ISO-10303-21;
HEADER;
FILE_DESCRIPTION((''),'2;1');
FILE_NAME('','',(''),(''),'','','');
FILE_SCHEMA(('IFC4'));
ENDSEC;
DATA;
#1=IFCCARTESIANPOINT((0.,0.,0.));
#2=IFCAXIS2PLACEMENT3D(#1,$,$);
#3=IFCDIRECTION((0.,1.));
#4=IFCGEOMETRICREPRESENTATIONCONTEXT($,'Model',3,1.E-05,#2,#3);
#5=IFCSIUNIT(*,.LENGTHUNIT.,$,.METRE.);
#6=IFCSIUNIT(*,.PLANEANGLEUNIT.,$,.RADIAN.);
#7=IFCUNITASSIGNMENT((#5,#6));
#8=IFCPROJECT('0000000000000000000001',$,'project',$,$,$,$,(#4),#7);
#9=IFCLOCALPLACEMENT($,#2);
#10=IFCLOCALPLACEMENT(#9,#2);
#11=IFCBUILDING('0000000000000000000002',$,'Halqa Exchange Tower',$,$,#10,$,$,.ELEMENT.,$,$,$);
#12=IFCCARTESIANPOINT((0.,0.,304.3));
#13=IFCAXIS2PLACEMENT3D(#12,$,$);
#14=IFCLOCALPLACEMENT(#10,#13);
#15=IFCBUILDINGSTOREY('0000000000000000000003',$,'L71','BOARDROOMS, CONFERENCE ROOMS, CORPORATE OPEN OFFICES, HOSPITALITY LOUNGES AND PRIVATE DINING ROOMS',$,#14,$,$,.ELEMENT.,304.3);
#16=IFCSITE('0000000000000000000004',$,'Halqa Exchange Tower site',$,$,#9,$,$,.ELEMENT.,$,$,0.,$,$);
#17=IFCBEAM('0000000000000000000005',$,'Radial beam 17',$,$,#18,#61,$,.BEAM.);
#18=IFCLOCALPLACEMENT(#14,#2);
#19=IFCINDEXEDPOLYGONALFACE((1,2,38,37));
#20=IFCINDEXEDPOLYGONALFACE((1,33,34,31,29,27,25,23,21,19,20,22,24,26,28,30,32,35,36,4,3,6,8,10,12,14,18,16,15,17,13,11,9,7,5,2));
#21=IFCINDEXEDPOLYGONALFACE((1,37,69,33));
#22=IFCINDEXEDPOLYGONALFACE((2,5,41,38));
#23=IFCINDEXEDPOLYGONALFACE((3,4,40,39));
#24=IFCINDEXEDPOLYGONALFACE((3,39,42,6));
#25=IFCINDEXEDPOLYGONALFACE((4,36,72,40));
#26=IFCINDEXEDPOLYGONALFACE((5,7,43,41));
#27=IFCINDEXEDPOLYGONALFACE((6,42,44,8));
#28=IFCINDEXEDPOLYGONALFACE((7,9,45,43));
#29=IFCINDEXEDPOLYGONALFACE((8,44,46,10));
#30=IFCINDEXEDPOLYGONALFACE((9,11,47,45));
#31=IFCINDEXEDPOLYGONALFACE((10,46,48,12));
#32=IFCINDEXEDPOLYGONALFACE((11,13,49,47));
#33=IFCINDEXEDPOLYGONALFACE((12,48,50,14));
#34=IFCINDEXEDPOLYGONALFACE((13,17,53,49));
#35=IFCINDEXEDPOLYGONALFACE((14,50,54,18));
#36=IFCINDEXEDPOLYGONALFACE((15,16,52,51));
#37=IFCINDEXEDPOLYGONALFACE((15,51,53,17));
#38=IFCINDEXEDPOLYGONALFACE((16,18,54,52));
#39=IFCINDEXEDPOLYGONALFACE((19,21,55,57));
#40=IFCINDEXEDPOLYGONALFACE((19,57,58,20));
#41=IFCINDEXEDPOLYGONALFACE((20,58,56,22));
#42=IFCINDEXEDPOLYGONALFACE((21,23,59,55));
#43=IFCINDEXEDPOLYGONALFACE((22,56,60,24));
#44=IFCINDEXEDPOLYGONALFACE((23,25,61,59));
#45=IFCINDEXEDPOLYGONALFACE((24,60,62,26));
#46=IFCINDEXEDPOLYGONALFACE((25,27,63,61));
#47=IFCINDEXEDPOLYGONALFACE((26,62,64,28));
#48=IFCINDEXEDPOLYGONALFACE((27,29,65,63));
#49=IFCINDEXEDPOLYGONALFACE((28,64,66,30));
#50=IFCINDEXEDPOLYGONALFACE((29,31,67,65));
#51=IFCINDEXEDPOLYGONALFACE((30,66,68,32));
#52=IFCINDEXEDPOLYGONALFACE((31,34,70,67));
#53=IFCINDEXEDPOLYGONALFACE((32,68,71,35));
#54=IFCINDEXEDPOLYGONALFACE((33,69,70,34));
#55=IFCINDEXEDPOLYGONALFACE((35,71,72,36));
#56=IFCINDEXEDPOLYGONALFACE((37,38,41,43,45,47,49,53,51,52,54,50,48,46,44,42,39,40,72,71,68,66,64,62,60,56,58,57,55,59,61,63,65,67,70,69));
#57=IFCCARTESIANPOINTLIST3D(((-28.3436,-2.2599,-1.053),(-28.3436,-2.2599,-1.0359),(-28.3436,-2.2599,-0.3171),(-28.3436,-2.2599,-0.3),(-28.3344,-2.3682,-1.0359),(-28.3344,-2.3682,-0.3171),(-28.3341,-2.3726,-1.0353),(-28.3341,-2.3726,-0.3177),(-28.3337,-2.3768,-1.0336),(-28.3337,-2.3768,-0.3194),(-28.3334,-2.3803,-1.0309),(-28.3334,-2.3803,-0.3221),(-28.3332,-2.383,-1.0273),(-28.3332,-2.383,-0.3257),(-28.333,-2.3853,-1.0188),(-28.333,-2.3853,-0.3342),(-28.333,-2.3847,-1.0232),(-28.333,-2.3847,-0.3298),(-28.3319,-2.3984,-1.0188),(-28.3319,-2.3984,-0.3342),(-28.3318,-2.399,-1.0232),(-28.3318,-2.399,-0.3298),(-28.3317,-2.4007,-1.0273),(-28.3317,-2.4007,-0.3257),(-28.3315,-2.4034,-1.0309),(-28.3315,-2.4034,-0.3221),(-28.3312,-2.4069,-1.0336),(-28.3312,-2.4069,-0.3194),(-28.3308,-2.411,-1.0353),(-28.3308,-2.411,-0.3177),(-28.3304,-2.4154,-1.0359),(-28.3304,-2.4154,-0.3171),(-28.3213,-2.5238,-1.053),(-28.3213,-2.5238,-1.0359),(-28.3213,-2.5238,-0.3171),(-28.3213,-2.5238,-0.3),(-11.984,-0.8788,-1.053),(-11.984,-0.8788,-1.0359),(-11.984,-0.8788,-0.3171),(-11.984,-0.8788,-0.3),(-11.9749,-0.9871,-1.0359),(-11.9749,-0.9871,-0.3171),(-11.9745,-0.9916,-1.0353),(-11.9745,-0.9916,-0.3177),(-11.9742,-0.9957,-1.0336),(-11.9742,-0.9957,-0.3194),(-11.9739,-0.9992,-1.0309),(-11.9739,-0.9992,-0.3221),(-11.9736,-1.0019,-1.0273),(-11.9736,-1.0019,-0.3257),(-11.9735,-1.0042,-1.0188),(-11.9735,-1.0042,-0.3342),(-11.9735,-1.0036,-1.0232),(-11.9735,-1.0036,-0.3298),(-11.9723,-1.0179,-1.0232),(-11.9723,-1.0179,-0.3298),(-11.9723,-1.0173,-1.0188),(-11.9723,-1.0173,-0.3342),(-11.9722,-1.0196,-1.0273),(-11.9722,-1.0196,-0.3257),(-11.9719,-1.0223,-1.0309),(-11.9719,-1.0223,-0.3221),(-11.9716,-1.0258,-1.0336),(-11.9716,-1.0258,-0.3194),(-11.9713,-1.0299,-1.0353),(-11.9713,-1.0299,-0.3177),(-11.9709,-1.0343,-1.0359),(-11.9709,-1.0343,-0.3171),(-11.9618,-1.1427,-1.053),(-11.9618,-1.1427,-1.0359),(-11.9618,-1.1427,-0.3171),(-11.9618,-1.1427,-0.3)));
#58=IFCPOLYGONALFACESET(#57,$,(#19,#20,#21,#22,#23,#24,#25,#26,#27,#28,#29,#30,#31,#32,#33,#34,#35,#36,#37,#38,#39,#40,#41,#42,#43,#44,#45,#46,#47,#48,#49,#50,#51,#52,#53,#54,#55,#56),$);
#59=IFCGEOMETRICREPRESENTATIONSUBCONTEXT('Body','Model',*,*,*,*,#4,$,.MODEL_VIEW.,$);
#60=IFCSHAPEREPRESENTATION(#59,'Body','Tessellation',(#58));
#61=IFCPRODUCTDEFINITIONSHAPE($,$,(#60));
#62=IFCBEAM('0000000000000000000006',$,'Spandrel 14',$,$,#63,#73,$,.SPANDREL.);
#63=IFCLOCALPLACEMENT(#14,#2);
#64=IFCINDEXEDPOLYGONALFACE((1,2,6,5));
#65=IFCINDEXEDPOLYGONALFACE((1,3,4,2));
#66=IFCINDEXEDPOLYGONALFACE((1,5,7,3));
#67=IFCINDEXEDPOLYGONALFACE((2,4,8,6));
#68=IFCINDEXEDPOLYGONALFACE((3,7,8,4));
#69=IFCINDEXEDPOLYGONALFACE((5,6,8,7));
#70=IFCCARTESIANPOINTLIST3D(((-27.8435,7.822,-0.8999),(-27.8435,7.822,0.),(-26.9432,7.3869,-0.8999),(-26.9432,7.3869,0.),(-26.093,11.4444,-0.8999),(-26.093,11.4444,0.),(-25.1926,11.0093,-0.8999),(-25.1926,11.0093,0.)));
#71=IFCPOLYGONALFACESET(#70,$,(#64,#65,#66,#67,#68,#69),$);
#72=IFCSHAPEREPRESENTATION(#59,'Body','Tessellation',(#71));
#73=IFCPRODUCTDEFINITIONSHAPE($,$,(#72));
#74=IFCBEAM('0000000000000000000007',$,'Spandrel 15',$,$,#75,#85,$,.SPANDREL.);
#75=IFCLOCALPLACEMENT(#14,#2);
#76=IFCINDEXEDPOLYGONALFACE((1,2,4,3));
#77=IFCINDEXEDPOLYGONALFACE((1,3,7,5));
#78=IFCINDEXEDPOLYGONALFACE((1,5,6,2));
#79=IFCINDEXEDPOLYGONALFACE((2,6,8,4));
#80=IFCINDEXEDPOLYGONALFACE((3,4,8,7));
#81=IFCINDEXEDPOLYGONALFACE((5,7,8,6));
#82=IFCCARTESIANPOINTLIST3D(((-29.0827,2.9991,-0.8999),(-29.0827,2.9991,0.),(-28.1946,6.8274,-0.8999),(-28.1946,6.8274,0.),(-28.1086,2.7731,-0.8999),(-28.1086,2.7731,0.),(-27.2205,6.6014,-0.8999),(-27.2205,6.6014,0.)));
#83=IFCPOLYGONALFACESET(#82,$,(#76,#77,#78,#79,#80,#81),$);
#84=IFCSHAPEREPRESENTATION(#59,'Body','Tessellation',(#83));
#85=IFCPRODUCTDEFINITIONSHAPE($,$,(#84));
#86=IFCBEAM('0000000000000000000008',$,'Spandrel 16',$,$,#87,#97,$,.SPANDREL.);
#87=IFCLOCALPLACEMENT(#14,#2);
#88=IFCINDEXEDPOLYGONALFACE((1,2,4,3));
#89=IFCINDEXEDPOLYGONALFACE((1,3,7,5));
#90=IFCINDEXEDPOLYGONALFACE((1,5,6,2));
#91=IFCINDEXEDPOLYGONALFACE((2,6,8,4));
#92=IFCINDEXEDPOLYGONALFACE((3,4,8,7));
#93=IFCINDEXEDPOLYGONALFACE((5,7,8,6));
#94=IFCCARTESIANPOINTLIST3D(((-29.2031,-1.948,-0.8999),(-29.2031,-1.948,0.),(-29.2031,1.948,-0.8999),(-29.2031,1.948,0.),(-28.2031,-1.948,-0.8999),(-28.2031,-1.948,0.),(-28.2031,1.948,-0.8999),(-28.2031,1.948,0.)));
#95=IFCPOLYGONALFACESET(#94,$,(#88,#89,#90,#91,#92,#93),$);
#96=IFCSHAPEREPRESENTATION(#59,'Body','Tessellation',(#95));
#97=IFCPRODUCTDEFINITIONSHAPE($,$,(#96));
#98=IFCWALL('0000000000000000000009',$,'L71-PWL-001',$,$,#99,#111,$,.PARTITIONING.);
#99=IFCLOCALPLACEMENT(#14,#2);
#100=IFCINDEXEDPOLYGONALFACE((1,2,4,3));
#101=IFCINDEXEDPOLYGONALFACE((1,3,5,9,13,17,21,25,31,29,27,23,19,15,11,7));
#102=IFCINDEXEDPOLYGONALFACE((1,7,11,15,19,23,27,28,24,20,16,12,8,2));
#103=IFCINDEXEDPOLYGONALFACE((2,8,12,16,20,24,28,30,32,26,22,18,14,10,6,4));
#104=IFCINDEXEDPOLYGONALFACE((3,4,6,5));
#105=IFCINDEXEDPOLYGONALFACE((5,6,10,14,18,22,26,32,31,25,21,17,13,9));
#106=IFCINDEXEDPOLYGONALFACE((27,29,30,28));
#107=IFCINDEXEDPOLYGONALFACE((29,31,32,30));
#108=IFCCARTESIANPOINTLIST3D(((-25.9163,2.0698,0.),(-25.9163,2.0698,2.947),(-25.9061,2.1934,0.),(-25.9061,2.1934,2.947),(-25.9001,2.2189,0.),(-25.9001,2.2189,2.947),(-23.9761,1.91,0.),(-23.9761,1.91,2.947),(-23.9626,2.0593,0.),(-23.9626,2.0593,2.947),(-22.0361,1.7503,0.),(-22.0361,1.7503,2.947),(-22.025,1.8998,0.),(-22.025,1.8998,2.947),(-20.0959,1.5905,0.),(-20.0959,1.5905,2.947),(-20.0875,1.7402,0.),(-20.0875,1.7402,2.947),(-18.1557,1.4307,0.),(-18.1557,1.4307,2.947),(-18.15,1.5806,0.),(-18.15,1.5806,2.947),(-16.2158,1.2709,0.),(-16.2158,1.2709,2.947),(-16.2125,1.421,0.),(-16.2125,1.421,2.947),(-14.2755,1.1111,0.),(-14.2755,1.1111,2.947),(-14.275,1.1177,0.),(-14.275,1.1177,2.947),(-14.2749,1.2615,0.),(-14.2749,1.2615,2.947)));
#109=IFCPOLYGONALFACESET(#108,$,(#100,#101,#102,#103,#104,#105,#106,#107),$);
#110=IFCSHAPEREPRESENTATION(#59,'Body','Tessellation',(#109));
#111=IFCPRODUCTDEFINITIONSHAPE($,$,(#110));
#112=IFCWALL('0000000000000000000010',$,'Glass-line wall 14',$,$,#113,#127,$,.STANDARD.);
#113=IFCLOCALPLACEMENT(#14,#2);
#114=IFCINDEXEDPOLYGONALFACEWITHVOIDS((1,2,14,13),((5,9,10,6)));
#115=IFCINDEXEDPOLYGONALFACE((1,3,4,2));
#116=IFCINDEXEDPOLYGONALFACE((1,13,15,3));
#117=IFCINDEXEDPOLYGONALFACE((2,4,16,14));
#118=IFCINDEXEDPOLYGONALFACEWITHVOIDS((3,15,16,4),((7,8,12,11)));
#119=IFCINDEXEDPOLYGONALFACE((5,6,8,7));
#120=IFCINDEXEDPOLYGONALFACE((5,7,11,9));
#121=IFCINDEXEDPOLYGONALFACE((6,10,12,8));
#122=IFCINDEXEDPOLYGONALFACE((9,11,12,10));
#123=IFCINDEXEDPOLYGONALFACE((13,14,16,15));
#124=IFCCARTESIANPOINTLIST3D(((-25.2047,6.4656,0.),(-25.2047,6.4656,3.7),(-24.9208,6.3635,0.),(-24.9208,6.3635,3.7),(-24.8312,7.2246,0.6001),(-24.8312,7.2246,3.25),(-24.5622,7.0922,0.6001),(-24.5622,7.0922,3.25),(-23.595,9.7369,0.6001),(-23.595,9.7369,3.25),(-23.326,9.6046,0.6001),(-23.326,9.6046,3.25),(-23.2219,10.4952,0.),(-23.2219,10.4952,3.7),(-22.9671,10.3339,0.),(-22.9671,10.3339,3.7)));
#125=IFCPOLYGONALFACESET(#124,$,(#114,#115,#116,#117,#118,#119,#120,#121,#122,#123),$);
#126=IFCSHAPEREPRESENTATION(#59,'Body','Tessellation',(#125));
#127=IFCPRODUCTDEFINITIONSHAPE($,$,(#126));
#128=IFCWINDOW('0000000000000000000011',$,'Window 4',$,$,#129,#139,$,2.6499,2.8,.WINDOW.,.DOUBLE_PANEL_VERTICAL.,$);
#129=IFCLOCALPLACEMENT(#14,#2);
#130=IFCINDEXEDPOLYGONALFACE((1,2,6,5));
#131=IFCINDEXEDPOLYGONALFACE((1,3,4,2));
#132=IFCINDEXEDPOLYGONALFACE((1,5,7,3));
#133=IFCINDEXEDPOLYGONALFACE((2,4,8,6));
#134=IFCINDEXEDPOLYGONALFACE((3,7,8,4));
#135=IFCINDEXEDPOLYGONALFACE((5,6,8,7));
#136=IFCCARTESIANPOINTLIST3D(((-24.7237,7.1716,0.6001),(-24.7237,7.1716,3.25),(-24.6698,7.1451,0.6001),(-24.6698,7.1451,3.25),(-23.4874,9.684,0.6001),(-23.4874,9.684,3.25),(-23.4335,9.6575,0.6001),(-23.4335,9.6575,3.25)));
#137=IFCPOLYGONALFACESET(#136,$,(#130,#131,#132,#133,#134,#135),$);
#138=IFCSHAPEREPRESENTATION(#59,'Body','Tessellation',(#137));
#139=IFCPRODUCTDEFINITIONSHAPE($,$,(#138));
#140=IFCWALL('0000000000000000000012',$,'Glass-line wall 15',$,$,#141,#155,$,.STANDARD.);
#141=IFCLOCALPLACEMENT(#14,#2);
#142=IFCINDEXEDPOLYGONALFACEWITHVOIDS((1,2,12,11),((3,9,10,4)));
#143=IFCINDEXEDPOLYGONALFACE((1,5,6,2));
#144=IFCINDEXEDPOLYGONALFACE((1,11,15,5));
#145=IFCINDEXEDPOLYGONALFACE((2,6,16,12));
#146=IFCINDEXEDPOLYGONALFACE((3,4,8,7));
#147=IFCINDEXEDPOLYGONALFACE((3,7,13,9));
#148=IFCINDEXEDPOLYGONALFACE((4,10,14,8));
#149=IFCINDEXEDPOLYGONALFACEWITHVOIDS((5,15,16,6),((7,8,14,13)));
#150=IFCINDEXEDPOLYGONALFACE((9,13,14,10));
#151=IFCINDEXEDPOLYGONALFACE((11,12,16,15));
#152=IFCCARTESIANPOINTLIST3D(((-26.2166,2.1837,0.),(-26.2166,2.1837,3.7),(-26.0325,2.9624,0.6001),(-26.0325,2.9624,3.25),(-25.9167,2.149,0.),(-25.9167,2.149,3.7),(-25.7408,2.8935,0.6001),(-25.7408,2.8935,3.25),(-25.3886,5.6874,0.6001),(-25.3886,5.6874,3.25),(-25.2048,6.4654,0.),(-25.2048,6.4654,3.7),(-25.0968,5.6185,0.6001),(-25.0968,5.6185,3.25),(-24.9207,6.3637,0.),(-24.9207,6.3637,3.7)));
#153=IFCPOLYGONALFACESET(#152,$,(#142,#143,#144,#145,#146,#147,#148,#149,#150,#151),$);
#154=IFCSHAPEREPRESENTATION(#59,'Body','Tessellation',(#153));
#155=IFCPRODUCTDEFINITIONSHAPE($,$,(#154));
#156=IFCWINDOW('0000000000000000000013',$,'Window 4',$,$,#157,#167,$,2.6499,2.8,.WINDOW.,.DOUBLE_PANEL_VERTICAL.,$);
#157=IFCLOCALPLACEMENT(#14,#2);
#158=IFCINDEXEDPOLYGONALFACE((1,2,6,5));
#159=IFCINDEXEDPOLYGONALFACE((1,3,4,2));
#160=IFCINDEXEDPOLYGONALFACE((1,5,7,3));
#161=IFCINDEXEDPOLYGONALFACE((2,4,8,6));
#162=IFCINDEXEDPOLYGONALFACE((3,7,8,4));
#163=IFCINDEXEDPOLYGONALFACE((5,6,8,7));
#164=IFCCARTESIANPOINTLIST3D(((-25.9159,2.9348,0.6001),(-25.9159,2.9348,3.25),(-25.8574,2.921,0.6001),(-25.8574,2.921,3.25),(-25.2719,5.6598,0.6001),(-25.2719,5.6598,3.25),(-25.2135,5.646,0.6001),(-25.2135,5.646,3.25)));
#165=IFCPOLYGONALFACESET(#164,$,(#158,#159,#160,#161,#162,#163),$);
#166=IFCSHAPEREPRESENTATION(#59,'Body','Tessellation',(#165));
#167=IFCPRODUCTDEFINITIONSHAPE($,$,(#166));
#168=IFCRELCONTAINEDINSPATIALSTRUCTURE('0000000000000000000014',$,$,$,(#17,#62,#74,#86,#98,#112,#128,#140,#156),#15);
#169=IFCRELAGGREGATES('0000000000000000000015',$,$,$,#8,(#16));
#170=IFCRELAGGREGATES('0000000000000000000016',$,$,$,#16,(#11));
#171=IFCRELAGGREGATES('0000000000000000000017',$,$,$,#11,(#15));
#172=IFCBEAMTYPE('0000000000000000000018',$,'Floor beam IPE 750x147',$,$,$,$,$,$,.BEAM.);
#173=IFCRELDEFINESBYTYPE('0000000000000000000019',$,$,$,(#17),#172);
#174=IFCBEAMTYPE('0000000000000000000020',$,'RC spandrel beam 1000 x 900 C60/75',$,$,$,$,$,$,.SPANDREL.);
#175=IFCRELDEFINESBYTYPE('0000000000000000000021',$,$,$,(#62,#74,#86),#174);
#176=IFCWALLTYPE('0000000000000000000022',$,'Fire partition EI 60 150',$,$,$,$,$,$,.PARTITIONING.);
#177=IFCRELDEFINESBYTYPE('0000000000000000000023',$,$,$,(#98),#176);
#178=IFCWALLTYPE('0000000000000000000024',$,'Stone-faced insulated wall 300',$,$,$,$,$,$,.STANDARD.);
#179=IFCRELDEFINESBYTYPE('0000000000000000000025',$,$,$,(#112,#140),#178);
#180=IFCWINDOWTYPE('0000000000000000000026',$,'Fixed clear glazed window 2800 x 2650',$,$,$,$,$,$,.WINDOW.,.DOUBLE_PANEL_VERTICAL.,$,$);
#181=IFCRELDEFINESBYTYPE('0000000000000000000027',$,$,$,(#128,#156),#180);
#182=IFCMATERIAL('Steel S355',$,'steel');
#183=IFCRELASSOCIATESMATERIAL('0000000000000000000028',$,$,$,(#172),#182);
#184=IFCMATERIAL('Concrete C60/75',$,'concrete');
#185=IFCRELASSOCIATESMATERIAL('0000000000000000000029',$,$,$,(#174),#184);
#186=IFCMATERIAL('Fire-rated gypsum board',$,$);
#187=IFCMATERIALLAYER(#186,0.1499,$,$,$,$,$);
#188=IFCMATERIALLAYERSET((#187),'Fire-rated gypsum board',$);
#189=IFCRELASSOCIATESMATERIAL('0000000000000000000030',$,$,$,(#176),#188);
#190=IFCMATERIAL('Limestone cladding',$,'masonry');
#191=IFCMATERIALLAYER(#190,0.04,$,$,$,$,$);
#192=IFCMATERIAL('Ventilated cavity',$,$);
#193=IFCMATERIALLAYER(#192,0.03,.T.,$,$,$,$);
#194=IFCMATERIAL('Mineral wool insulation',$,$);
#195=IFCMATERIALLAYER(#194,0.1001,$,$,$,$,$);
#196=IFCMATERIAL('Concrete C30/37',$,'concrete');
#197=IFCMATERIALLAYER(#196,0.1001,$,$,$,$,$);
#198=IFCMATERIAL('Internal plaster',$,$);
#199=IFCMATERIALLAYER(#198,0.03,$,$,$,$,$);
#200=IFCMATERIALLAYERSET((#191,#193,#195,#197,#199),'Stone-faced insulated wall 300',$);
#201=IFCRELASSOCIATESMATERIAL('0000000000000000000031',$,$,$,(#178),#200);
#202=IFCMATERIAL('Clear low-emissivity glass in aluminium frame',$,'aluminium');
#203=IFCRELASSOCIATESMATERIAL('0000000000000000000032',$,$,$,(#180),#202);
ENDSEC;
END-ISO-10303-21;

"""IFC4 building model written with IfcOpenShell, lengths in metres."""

from ifc_helpers import new_model, si_unit, direction, frame, frame_2d, origin, origin_2d, place, context, subcontext, project, spatial, polyline, rectangle, i_section, outline, extrude, material, layer, layer_set, material_profile, profile_set, type_object, element, fill, save


model = new_model("IFC4")

# Units and contexts
model_context = context("Model", 3, precision=1e-05, world=origin(), true_north=direction((0.0, 1.0)))
body_context = subcontext(model_context, "Body", "Model", "MODEL_VIEW")
ifc_project = project(units=[si_unit("LENGTHUNIT", "METRE"), si_unit("PLANEANGLEUNIT", "RADIAN")], contexts=[model_context])

# Site, building, storey
site_placement = place(None, origin())
site = spatial("IfcSite", under=ifc_project, at=site_placement, Name="Halqa Exchange Tower site", CompositionType="ELEMENT", RefElevation=0.0)
building_placement = place(site_placement, origin())
building = spatial("IfcBuilding", under=site, at=building_placement, Name="Halqa Exchange Tower", CompositionType="ELEMENT")
storey_placement = place(building_placement, frame((0.0, 0.0, 304.3)))
storey = spatial("IfcBuildingStorey", under=building, at=storey_placement, Name="L71", Description="BOARDROOMS, CONFERENCE ROOMS, CORPORATE OPEN OFFICES, HOSPITALITY LOUNGES AND PRIVATE DINING ROOMS", CompositionType="ELEMENT", Elevation=304.3)

# Beams
ifc_material_1 = material(Name="Steel S355", Category="steel")
ifc_material_profile_1 = material_profile(ifc_material_1, i_section(OverallWidth=0.2649, OverallDepth=0.7529, WebThickness=0.0132, FlangeThickness=0.0171, FilletRadius=0.0171, at=origin_2d()), Name="IPE 750x147")
ifc_profile_set_1 = profile_set([ifc_material_profile_1], Name="Steel S355")
beam_type_1 = type_object("IfcBeamType", Name="Floor beam IPE 750x147", PredefinedType="BEAM", material=ifc_profile_set_1)
for number, where, z_axis, x_axis, name in (
    (1, (-11.9729, -1.0107, -0.6765), (-0.996455, -0.084122, 0.0), (0.084122, -0.996455, 0.0), "Radial beam 17"),
):
    element("IfcBeam", number, at=place(storey_placement, frame(where, z_axis=z_axis, x_axis=x_axis)), inside=storey, type_object=beam_type_1, Name=name, PredefinedType="BEAM", context=body_context, shape_type="SweptSolid", body=[
        extrude(i_section(OverallWidth=0.2649, OverallDepth=0.7529, WebThickness=0.0132, FlangeThickness=0.0171, FilletRadius=0.0171, at=origin_2d()), origin(), (0.0, 0.0, 1.0), 16.4177),
    ])
ifc_material_2 = material(Name="Concrete C60/75", Category="concrete")
ifc_material_profile_2 = material_profile(ifc_material_2, rectangle(XDim=1.0, YDim=0.8999, at=origin_2d()), Name="1000 x 900")
ifc_profile_set_2 = profile_set([ifc_material_profile_2], Name="Concrete C60/75")
beam_type_2 = type_object("IfcBeamType", Name="RC spandrel beam 1000 x 900 C60/75", PredefinedType="SPANDREL", material=ifc_profile_set_2)
beam_1_placement = place(storey_placement, frame((-25.6428, 11.2268, -0.45), z_axis=(-0.435109, -0.900378, 0.0), x_axis=(0.900378, -0.435109, 0.0)))
element("IfcBeam", 2, at=beam_1_placement, inside=storey, type_object=beam_type_2, Name="Spandrel 14", PredefinedType="SPANDREL", context=body_context, shape_type="SweptSolid", body=[
    extrude(rectangle(XDim=1.0, YDim=0.8999, at=origin_2d()), origin(), (0.0, 0.0, 1.0), 4.0232),
])
beam_2_placement = place(storey_placement, frame((-27.7075, 6.7144, -0.45), z_axis=(-0.225998, -0.974128, 0.0), x_axis=(0.974128, -0.225998, 0.0)))
element("IfcBeam", 3, at=beam_2_placement, inside=storey, type_object=beam_type_2, Name="Spandrel 15", PredefinedType="SPANDREL", context=body_context, shape_type="SweptSolid", body=[
    extrude(rectangle(XDim=1.0, YDim=0.8999, at=origin_2d()), origin(), (0.0, 0.0, 1.0), 3.9299),
])
beam_3_placement = place(storey_placement, frame((-28.7031, 1.948, -0.45), z_axis=(0.0, -1.0, 0.0), x_axis=(1.0, 0.0, 0.0)))
element("IfcBeam", 4, at=beam_3_placement, inside=storey, type_object=beam_type_2, Name="Spandrel 16", PredefinedType="SPANDREL", context=body_context, shape_type="SweptSolid", body=[
    extrude(rectangle(XDim=1.0, YDim=0.8999, at=origin_2d()), origin(), (0.0, 0.0, 1.0), 3.896),
])

# Wall
ifc_material_3 = material(Name="Fire-rated gypsum board")
ifc_layer_1 = layer(ifc_material_3, 0.1499)
ifc_layer_set_1 = layer_set([ifc_layer_1], Name="Fire-rated gypsum board")
wall_type_1 = type_object("IfcWallType", Name="Fire partition EI 60 150", PredefinedType="PARTITIONING", material=ifc_layer_set_1)
wall_1_placement = place(storey_placement, frame((-25.9102, 2.1445, 0.0), z_axis=(0.0, 0.0, 1.0), x_axis=(0.996626, -0.082082, 0.0)))
element("IfcWall", 5, at=wall_1_placement, inside=storey, type_object=wall_type_1, Name="L71-PWL-001", PredefinedType="PARTITIONING", context=body_context, shape_type="SweptSolid", body=[
    extrude(outline(polyline([(11.6802, -0.075), (11.6802, -0.0684), (11.6685, 0.075), (9.7244, 0.075), (7.7803, 0.075), (5.8362, 0.075), (3.8921, 0.075), (1.948, 0.075), (0.0039, 0.075), (0.0, 0.0491), (0.0, -0.075), (1.9468, -0.075), (3.8933, -0.075), (5.8401, -0.075), (7.7869, -0.075), (9.7334, -0.075), (11.6802, -0.075)])), origin(), (0.0, 0.0, 1.0), 2.947),
])

# Walls, openings, windows
ifc_material_4 = material(Name="Limestone cladding", Category="masonry")
ifc_layer_2 = layer(ifc_material_4, 0.04)
ifc_material_5 = material(Name="Ventilated cavity")
ifc_layer_3 = layer(ifc_material_5, 0.03, ventilated=True)
ifc_material_6 = material(Name="Mineral wool insulation")
ifc_layer_4 = layer(ifc_material_6, 0.1001)
ifc_material_7 = material(Name="Concrete C30/37", Category="concrete")
ifc_layer_5 = layer(ifc_material_7, 0.1001)
ifc_material_8 = material(Name="Internal plaster")
ifc_layer_6 = layer(ifc_material_8, 0.03)
ifc_layer_set_2 = layer_set([ifc_layer_2, ifc_layer_3, ifc_layer_4, ifc_layer_5, ifc_layer_6], Name="Stone-faced insulated wall 300")
wall_type_2 = type_object("IfcWallType", Name="Stone-faced insulated wall 300", PredefinedType="STANDARD", material=ifc_layer_set_2)
wall_2_placement = place(storey_placement, frame((-23.0945, 10.4146, 0.0), z_axis=(0.0, 0.0, 1.0), x_axis=(-0.441509, -0.897257, 0.0)))
wall_2 = element("IfcWall", 6, at=wall_2_placement, inside=storey, type_object=wall_type_2, Name="Glass-line wall 14", PredefinedType="STANDARD", context=body_context, shape_type="SweptSolid", body=[
    extrude(outline(polyline([(-0.0161, -0.1499), (4.4749, -0.1499), (4.4412, 0.1499), (0.0161, 0.1499), (-0.0161, -0.1499)])), origin(), (0.0, 0.0, 1.0), 3.7),
])
opening_1_placement = place(wall_2_placement, frame((0.8291, 0.0, 0.6001)))
opening_1 = element("IfcOpeningElement", 7, at=opening_1_placement, cuts=wall_2, PredefinedType="OPENING", context=body_context, shape_type="SweptSolid", body=[
    extrude(rectangle(XDim=2.8, YDim=2.6499, at=frame_2d((1.3999, 1.325))), frame((0.0, 0.1621, 0.0), z_axis=(0.0, -1.0, 0.0), x_axis=(1.0, 0.0, 0.0)), (0.0, 0.0, 1.0), 0.324),
])
ifc_material_9 = material(Name="Clear low-emissivity glass in aluminium frame", Category="aluminium")
window_type = type_object("IfcWindowType", Name="Fixed clear glazed window 2800 x 2650", PartitioningType="DOUBLE_PANEL_VERTICAL", PredefinedType="WINDOW", material=ifc_material_9)
window_1_placement = place(opening_1_placement, origin())
window_1 = element("IfcWindow", 8, at=window_1_placement, inside=storey, type_object=window_type, Name="Window 4", OverallHeight=2.6499, OverallWidth=2.8, PartitioningType="DOUBLE_PANEL_VERTICAL", PredefinedType="WINDOW", context=body_context, shape_type="SweptSolid", body=[
    extrude(rectangle(XDim=2.8, YDim=2.6499, at=frame_2d((1.3999, 1.325))), frame((0.0, 0.03, 0.0), z_axis=(0.0, -1.0, 0.0), x_axis=(1.0, 0.0, 0.0)), (0.0, 0.0, 1.0), 0.0601),
])
fill(opening_1, window_1)
wall_3_placement = place(storey_placement, frame((-25.0627, 6.4146, 0.0), z_axis=(0.0, 0.0, 1.0), x_axis=(-0.229974, -0.973197, 0.0)))
wall_3 = element("IfcWall", 9, at=wall_3_placement, inside=storey, type_object=wall_type_2, Name="Glass-line wall 15", PredefinedType="STANDARD", context=body_context, shape_type="SweptSolid", body=[
    extrude(outline(polyline([(-0.0168, -0.1499), (4.3828, -0.1499), (4.3477, 0.1499), (0.0168, 0.1499), (-0.0168, -0.1499)])), origin(), (0.0, 0.0, 1.0), 3.7),
])
opening_2_placement = place(wall_3_placement, frame((0.7827, 0.0, 0.6001)))
opening_2 = element("IfcOpeningElement", 10, at=opening_2_placement, cuts=wall_3, PredefinedType="OPENING", context=body_context, shape_type="SweptSolid", body=[
    extrude(rectangle(XDim=2.8, YDim=2.6499, at=frame_2d((1.3999, 1.325))), frame((0.0, 0.1621, 0.0), z_axis=(0.0, -1.0, 0.0), x_axis=(1.0, 0.0, 0.0)), (0.0, 0.0, 1.0), 0.324),
])
window_2_placement = place(opening_2_placement, origin())
window_2 = element("IfcWindow", 11, at=window_2_placement, inside=storey, type_object=window_type, Name="Window 4", OverallHeight=2.6499, OverallWidth=2.8, PartitioningType="DOUBLE_PANEL_VERTICAL", PredefinedType="WINDOW", context=body_context, shape_type="SweptSolid", body=[
    extrude(rectangle(XDim=2.8, YDim=2.6499, at=frame_2d((1.3999, 1.325))), frame((0.0, 0.03, 0.0), z_axis=(0.0, -1.0, 0.0), x_axis=(1.0, 0.0, 0.0)), (0.0, 0.0, 1.0), 0.0601),
])
fill(opening_2, window_2)

save(model, "model.ifc")
